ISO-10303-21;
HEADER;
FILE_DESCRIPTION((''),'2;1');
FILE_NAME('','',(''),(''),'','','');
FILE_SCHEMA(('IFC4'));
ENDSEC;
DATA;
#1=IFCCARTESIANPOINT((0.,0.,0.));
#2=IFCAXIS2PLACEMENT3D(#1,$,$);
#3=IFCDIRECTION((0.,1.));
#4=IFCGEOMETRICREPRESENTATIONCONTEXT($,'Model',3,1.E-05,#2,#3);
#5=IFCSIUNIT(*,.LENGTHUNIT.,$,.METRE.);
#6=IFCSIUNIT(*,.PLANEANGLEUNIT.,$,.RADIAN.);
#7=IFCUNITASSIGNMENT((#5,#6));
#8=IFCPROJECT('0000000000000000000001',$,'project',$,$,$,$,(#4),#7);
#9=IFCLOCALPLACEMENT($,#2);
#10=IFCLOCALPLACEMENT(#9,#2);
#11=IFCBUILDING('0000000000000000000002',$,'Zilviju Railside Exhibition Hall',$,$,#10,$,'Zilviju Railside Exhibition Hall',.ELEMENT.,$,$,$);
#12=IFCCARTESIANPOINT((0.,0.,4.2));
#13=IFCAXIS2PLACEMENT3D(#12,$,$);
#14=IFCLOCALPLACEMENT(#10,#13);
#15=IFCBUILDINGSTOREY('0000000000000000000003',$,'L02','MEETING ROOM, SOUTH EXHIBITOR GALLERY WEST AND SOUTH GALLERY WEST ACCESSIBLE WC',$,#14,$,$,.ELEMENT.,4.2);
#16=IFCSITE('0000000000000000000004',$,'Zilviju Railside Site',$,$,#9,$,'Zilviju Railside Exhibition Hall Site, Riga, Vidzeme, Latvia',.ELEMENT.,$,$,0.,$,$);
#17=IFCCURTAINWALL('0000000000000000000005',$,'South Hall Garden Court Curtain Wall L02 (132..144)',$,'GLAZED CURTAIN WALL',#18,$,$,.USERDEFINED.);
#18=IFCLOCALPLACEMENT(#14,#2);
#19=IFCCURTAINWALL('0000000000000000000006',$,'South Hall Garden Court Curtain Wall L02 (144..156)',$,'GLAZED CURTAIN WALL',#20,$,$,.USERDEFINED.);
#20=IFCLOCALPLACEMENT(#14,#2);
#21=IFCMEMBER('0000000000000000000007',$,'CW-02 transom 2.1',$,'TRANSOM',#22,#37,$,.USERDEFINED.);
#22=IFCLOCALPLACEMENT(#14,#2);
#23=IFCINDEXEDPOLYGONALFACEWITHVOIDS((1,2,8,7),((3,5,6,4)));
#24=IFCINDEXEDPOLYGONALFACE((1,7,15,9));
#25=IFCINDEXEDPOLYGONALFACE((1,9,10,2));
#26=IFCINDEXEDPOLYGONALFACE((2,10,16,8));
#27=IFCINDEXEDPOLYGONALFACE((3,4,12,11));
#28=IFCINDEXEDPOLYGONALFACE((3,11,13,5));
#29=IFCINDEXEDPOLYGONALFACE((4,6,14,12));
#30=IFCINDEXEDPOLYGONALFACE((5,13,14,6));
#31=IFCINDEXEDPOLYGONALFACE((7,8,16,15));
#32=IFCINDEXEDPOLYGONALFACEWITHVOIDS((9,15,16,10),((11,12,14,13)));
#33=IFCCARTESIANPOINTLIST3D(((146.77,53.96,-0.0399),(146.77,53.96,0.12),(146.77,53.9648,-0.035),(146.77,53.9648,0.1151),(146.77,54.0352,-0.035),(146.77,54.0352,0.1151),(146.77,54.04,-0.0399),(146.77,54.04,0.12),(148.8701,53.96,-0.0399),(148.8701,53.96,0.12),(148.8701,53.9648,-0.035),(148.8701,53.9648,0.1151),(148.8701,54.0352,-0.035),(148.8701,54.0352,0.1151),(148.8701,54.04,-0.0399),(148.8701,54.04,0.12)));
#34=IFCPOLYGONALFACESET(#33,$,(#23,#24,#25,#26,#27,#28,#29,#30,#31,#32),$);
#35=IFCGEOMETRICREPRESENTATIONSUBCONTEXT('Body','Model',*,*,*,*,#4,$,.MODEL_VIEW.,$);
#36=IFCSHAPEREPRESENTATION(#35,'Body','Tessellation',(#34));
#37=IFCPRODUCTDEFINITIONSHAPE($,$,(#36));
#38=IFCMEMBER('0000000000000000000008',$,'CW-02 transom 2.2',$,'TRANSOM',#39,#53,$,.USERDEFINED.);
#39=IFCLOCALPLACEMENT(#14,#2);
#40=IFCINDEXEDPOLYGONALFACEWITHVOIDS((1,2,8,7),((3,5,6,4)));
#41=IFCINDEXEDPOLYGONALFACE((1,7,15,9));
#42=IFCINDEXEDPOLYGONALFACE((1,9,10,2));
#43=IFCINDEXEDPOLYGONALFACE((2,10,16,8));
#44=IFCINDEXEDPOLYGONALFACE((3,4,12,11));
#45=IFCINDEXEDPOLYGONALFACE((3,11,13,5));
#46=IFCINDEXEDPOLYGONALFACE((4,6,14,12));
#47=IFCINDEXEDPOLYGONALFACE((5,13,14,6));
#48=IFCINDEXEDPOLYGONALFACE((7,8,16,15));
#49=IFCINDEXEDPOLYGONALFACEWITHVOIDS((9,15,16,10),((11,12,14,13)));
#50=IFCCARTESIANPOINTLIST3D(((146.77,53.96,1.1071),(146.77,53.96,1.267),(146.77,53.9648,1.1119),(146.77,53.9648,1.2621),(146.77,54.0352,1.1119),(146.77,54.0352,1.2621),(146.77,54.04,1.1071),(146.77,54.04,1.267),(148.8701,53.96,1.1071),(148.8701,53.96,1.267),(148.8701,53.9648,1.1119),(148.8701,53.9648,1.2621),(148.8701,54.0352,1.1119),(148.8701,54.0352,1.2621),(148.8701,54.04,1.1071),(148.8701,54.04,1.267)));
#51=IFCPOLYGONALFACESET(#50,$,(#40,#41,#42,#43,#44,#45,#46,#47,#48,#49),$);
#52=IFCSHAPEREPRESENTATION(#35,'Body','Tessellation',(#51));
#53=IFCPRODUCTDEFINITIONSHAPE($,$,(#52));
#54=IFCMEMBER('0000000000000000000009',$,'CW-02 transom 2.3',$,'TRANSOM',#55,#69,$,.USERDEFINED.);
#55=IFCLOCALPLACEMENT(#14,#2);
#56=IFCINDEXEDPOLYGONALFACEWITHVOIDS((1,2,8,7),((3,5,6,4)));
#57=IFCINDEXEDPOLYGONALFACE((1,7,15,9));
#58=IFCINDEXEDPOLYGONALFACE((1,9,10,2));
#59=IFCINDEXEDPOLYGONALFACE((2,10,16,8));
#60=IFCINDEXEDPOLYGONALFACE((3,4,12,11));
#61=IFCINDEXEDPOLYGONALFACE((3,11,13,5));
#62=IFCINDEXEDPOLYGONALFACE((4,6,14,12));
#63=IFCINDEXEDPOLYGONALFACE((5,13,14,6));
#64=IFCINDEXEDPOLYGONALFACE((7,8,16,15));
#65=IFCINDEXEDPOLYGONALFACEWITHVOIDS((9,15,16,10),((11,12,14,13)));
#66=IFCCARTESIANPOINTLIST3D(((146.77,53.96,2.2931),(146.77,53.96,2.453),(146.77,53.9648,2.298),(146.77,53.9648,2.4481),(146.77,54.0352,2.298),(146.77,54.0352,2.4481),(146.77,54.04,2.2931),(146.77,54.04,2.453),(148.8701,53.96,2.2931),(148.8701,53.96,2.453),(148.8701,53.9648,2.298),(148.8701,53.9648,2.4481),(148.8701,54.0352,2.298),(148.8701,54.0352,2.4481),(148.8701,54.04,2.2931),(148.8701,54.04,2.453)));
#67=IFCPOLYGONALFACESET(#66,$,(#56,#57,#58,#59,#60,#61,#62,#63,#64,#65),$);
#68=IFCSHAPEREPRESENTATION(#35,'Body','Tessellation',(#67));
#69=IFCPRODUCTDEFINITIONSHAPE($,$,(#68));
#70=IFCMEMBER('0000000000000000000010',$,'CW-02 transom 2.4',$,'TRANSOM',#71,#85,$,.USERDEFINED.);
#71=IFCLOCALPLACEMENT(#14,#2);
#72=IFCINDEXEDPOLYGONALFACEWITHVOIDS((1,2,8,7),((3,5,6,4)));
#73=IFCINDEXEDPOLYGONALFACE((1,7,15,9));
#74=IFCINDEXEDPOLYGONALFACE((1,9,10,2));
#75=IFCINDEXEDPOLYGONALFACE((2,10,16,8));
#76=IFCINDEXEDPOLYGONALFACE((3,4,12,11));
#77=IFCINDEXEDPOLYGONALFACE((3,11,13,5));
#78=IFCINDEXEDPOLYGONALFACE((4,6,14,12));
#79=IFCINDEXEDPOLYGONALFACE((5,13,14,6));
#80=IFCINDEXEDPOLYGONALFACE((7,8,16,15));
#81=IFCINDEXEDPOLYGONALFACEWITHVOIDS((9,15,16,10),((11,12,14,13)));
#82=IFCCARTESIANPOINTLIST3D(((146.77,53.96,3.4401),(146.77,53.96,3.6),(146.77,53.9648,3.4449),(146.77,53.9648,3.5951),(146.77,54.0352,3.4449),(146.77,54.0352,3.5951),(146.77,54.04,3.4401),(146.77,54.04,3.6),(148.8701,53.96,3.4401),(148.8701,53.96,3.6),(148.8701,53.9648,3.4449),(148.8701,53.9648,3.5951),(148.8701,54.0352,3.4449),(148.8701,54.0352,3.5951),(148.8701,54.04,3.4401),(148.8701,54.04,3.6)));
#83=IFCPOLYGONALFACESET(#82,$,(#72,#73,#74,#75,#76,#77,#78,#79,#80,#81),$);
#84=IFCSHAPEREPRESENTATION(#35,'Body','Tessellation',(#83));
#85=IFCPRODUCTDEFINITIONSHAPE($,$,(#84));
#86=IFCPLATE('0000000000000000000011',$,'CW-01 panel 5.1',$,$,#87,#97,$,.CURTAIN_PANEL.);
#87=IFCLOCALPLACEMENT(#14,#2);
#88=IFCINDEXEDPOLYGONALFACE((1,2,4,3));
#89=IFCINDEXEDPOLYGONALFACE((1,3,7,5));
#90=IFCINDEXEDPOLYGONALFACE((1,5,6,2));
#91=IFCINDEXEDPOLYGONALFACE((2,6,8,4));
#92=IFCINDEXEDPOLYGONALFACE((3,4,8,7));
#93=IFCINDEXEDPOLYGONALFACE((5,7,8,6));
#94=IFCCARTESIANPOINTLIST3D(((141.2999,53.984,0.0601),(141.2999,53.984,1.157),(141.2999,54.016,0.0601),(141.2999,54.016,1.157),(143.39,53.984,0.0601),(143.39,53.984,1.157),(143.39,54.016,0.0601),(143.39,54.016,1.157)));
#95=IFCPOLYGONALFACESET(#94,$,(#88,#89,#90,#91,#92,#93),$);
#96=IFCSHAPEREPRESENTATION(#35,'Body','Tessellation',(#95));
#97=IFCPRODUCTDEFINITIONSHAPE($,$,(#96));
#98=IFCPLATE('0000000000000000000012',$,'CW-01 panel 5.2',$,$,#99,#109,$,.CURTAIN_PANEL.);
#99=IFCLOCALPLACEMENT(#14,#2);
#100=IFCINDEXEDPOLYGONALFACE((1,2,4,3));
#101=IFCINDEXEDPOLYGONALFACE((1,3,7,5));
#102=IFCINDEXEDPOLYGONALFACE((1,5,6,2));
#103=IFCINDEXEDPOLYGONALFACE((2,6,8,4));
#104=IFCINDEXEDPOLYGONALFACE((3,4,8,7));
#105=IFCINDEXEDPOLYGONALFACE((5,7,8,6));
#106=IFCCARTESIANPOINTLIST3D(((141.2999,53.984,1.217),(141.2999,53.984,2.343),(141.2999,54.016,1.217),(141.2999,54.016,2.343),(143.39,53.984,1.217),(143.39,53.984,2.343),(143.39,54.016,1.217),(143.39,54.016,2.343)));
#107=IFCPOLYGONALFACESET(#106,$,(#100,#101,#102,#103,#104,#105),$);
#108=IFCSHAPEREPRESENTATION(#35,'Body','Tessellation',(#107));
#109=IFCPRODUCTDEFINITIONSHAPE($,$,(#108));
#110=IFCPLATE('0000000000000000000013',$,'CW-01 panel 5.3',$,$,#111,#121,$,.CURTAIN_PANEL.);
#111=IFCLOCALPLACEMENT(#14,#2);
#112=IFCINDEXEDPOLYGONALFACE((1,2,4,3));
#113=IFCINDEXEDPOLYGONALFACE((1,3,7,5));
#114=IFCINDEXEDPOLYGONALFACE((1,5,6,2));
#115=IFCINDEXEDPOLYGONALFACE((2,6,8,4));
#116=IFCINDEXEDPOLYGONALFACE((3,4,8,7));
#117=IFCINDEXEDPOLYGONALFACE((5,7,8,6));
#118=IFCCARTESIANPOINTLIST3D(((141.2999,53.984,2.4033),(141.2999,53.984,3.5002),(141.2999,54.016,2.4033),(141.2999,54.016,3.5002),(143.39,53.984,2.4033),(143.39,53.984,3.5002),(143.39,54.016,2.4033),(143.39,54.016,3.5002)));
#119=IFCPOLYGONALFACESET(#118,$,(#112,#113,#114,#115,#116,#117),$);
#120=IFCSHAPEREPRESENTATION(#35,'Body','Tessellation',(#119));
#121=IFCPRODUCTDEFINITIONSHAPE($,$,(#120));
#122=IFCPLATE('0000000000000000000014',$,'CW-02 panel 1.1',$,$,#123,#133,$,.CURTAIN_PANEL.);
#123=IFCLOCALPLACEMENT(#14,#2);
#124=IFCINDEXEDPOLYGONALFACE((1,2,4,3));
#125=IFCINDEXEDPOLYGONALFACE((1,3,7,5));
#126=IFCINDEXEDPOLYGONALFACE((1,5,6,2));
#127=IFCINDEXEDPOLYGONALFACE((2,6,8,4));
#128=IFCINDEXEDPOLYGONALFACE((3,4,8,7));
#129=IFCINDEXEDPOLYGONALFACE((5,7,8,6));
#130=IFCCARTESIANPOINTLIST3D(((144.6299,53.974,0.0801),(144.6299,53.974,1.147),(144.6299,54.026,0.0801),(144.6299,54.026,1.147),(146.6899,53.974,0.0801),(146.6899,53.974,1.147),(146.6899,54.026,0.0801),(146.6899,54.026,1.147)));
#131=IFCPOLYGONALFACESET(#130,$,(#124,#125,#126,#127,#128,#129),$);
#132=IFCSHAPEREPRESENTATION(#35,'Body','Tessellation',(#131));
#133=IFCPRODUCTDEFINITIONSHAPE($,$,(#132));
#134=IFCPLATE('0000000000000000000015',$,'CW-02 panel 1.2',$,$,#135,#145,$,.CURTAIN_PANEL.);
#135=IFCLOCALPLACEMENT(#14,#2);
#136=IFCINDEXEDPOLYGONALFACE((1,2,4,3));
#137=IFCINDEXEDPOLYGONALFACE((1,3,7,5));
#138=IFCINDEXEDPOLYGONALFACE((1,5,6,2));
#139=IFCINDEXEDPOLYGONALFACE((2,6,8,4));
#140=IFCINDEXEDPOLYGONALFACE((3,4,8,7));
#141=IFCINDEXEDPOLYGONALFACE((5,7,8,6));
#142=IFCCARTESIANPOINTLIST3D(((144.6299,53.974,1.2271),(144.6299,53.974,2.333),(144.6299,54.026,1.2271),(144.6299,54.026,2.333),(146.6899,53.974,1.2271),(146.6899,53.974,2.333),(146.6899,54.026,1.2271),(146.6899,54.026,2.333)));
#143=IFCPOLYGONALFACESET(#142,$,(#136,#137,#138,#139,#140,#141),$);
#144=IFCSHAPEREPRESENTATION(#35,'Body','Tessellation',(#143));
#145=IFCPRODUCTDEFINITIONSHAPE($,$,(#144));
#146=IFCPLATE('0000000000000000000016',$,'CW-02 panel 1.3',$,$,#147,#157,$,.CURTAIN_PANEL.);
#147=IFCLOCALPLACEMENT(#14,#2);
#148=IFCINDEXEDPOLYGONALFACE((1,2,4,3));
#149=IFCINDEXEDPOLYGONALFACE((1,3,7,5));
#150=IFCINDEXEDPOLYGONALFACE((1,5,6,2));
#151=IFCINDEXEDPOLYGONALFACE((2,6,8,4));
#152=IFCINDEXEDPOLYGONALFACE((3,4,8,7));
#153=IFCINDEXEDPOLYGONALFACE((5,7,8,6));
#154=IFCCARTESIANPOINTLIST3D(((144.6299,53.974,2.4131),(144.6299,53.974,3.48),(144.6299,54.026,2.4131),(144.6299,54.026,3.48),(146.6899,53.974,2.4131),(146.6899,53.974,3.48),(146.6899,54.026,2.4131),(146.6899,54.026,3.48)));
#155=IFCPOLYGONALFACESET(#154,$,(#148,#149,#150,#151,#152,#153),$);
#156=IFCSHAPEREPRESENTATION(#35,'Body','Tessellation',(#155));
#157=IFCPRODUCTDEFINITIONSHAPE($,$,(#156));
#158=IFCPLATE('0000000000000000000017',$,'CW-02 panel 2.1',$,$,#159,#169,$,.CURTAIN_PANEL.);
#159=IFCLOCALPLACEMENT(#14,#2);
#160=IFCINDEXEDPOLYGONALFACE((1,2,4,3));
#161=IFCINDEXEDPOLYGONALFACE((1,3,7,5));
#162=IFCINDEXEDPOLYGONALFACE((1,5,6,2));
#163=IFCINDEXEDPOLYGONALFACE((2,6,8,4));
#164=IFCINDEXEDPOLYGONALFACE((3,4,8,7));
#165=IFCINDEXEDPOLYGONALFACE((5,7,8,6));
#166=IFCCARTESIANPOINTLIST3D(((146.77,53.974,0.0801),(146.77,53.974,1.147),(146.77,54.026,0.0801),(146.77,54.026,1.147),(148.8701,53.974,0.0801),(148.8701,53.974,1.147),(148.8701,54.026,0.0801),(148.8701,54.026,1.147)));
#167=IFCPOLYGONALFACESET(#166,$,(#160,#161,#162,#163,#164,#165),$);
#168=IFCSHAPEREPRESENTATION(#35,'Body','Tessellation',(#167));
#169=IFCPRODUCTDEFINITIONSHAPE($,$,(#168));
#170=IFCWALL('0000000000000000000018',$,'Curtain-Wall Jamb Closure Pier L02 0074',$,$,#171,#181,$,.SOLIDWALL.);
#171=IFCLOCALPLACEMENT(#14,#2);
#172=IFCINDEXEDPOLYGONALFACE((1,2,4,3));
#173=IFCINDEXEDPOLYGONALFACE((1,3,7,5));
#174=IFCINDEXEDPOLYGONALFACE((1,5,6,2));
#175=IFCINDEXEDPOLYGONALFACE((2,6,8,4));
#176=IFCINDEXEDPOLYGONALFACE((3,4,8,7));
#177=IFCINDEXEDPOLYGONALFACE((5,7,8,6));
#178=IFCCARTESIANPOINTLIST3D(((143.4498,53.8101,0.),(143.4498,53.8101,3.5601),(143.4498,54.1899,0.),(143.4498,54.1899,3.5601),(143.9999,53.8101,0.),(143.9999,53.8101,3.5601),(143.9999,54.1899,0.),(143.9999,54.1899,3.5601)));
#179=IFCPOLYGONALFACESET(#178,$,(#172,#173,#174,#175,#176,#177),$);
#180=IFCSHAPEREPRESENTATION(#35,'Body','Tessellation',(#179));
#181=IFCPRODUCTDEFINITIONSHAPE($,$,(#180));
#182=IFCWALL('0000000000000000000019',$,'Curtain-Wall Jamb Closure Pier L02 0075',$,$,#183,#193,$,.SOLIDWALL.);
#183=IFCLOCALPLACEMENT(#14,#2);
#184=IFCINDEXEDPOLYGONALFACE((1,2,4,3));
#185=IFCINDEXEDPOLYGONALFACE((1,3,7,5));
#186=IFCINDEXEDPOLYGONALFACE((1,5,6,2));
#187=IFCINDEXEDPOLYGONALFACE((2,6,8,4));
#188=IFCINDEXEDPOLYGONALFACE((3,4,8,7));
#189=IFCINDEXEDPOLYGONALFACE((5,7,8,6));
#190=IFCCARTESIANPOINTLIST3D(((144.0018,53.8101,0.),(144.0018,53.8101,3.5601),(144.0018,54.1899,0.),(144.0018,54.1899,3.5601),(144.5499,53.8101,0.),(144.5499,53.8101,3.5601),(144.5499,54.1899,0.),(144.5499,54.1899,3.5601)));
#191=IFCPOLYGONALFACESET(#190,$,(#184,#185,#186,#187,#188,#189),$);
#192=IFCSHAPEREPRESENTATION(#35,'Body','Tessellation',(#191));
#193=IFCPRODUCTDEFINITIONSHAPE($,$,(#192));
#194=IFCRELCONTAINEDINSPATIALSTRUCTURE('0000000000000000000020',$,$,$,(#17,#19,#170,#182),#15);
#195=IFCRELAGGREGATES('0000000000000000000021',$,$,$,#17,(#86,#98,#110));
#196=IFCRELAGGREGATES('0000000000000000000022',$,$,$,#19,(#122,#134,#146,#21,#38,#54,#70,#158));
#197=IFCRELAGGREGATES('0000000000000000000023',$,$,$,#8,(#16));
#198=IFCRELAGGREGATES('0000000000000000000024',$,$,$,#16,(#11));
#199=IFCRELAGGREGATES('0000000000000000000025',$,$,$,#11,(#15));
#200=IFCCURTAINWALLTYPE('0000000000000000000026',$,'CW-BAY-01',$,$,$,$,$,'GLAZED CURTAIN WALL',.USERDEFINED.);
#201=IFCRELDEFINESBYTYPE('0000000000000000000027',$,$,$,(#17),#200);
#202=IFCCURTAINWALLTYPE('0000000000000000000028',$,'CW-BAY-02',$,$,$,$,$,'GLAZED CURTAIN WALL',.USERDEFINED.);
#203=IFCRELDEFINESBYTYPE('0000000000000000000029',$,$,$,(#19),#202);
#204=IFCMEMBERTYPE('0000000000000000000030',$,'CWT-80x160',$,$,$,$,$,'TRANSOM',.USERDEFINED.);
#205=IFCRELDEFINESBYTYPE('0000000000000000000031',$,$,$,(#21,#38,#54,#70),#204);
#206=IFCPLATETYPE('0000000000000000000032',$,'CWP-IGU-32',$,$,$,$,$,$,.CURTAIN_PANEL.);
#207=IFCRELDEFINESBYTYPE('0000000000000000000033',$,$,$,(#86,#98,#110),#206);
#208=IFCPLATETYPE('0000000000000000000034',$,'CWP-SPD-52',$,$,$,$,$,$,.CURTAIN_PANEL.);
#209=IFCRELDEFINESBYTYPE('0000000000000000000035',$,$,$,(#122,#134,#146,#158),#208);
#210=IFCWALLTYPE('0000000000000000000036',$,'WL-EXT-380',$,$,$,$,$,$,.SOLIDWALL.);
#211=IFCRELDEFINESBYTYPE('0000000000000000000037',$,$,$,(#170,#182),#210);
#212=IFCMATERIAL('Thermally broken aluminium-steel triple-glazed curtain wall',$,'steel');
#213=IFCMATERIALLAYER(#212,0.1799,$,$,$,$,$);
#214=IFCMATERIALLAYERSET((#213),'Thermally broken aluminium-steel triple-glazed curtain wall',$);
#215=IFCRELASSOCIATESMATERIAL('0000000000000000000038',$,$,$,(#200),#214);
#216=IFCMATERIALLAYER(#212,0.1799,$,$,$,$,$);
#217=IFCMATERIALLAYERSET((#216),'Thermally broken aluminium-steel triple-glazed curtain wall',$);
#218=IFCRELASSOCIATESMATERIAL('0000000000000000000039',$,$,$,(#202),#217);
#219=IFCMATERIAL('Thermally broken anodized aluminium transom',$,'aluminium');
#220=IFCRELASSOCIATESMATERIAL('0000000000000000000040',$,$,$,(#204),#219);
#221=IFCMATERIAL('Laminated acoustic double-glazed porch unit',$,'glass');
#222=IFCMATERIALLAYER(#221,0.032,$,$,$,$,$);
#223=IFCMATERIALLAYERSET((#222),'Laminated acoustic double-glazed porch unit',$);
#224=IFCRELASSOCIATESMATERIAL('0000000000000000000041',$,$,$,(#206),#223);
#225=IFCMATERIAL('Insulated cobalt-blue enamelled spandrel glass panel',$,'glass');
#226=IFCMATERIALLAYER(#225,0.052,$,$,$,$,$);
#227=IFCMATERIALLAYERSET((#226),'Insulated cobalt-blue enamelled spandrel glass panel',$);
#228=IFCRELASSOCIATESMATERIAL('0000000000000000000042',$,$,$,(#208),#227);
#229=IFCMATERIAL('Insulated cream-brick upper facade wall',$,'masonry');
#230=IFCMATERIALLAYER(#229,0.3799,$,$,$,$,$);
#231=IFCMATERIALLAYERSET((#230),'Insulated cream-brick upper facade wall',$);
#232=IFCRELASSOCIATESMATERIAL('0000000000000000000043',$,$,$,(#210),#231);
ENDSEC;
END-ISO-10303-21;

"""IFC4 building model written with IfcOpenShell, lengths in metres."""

from ifc_helpers import new_model, si_unit, direction, frame, frame_2d, origin, origin_2d, place, context, subcontext, project, spatial, rectangle, hollow_rectangle, extrude, material, layer, layer_set, material_profile, profile_set, type_object, element, aggregate, save


model = new_model("IFC4")

# Units and contexts
model_context = context("Model", 3, precision=1e-05, world=origin(), true_north=direction((0.0, 1.0)))
body_context = subcontext(model_context, "Body", "Model", "MODEL_VIEW")
ifc_project = project(units=[si_unit("LENGTHUNIT", "METRE"), si_unit("PLANEANGLEUNIT", "RADIAN")], contexts=[model_context])

# Site, building, storey
site_placement = place(None, origin())
site = spatial("IfcSite", under=ifc_project, at=site_placement, Name="Zilviju Railside Site", LongName="Zilviju Railside Exhibition Hall Site, Riga, Vidzeme, Latvia", CompositionType="ELEMENT", RefElevation=0.0)
building_placement = place(site_placement, origin())
building = spatial("IfcBuilding", under=site, at=building_placement, Name="Zilviju Railside Exhibition Hall", LongName="Zilviju Railside Exhibition Hall", CompositionType="ELEMENT")
storey_placement = place(building_placement, frame((0.0, 0.0, 4.2)))
storey = spatial("IfcBuildingStorey", under=building, at=storey_placement, Name="L02", Description="MEETING ROOM, SOUTH EXHIBITOR GALLERY WEST AND SOUTH GALLERY WEST ACCESSIBLE WC", CompositionType="ELEMENT", Elevation=4.2)

# Curtain wall
ifc_material_1 = material(Name="Thermally broken aluminium-steel triple-glazed curtain wall", Category="steel")
ifc_layer_1 = layer(ifc_material_1, 0.1799)
ifc_layer_set_1 = layer_set([ifc_layer_1], Name="Thermally broken aluminium-steel triple-glazed curtain wall")
curtain_wall_type_1 = type_object("IfcCurtainWallType", Name="CW-BAY-01", ElementType="GLAZED CURTAIN WALL", PredefinedType="USERDEFINED", material=ifc_layer_set_1)
curtain_wall_1_placement = place(storey_placement, origin())
curtain_wall_1 = element("IfcCurtainWall", 1, at=curtain_wall_1_placement, inside=storey, type_object=curtain_wall_type_1, Name="South Hall Garden Court Curtain Wall L02 (132..144)", ObjectType="GLAZED CURTAIN WALL", PredefinedType="USERDEFINED")

# Curtain wall
ifc_layer_2 = layer(ifc_material_1, 0.1799)
ifc_layer_set_2 = layer_set([ifc_layer_2], Name="Thermally broken aluminium-steel triple-glazed curtain wall")
curtain_wall_type_2 = type_object("IfcCurtainWallType", Name="CW-BAY-02", ElementType="GLAZED CURTAIN WALL", PredefinedType="USERDEFINED", material=ifc_layer_set_2)
curtain_wall_2_placement = place(storey_placement, origin())
curtain_wall_2 = element("IfcCurtainWall", 2, at=curtain_wall_2_placement, inside=storey, type_object=curtain_wall_type_2, Name="South Hall Garden Court Curtain Wall L02 (144..156)", ObjectType="GLAZED CURTAIN WALL", PredefinedType="USERDEFINED")

# Members
ifc_material_2 = material(Name="Thermally broken anodized aluminium transom", Category="aluminium")
ifc_material_profile_1 = material_profile(ifc_material_2, hollow_rectangle(XDim=0.0801, YDim=0.1599, WallThickness=0.0049, at=origin_2d()), Name="TRANSOM 160x80x5")
ifc_profile_set_1 = profile_set([ifc_material_profile_1], Name="Thermally broken anodized aluminium transom")
member_type_1 = type_object("IfcMemberType", Name="CWT-80x160", ElementType="TRANSOM", PredefinedType="USERDEFINED", material=ifc_profile_set_1)
member_1_placement = place(storey_placement, frame((146.77, 54.0, 0.04), z_axis=(1.0, 0.0, 0.0), x_axis=(0.0, 1.0, 0.0)))
member_1 = element("IfcMember", 3, at=member_1_placement, type_object=member_type_1, Name="CW-02 transom 2.1", ObjectType="TRANSOM", PredefinedType="USERDEFINED", context=body_context, shape_type="SweptSolid", body=[
    extrude(hollow_rectangle(XDim=0.0801, YDim=0.1599, WallThickness=0.0049, at=origin_2d()), origin(), (0.0, 0.0, 1.0), 2.1001),
])
member_2_placement = place(storey_placement, frame((146.77, 54.0, 1.187), z_axis=(1.0, 0.0, 0.0), x_axis=(0.0, 1.0, 0.0)))
member_2 = element("IfcMember", 4, at=member_2_placement, type_object=member_type_1, Name="CW-02 transom 2.2", ObjectType="TRANSOM", PredefinedType="USERDEFINED", context=body_context, shape_type="SweptSolid", body=[
    extrude(hollow_rectangle(XDim=0.0801, YDim=0.1599, WallThickness=0.0049, at=origin_2d()), origin(), (0.0, 0.0, 1.0), 2.1001),
])
member_3_placement = place(storey_placement, frame((146.77, 54.0, 2.373), z_axis=(1.0, 0.0, 0.0), x_axis=(0.0, 1.0, 0.0)))
member_3 = element("IfcMember", 5, at=member_3_placement, type_object=member_type_1, Name="CW-02 transom 2.3", ObjectType="TRANSOM", PredefinedType="USERDEFINED", context=body_context, shape_type="SweptSolid", body=[
    extrude(hollow_rectangle(XDim=0.0801, YDim=0.1599, WallThickness=0.0049, at=origin_2d()), origin(), (0.0, 0.0, 1.0), 2.1001),
])
member_4_placement = place(storey_placement, frame((146.77, 54.0, 3.52), z_axis=(1.0, 0.0, 0.0), x_axis=(0.0, 1.0, 0.0)))
member_4 = element("IfcMember", 6, at=member_4_placement, type_object=member_type_1, Name="CW-02 transom 2.4", ObjectType="TRANSOM", PredefinedType="USERDEFINED", context=body_context, shape_type="SweptSolid", body=[
    extrude(hollow_rectangle(XDim=0.0801, YDim=0.1599, WallThickness=0.0049, at=origin_2d()), origin(), (0.0, 0.0, 1.0), 2.1001),
])

# Plates
ifc_material_3 = material(Name="Laminated acoustic double-glazed porch unit", Category="glass")
ifc_layer_3 = layer(ifc_material_3, 0.032)
ifc_layer_set_3 = layer_set([ifc_layer_3], Name="Laminated acoustic double-glazed porch unit")
plate_type_1 = type_object("IfcPlateType", Name="CWP-IGU-32", PredefinedType="CURTAIN_PANEL", material=ifc_layer_set_3)
plate_1_placement = place(storey_placement, frame((142.345, 54.0, 0.0601), z_axis=(0.0, 0.0, 1.0), x_axis=(1.0, 0.0, 0.0)))
plate_1 = element("IfcPlate", 7, at=plate_1_placement, type_object=plate_type_1, Name="CW-01 panel 5.1", PredefinedType="CURTAIN_PANEL", context=body_context, shape_type="SweptSolid", body=[
    extrude(rectangle(XDim=2.0901, YDim=0.032, at=origin_2d()), origin(), (0.0, 0.0, 1.0), 1.0969),
])
plate_2_placement = place(storey_placement, frame((142.345, 54.0, 1.217), z_axis=(0.0, 0.0, 1.0), x_axis=(1.0, 0.0, 0.0)))
plate_2 = element("IfcPlate", 8, at=plate_2_placement, type_object=plate_type_1, Name="CW-01 panel 5.2", PredefinedType="CURTAIN_PANEL", context=body_context, shape_type="SweptSolid", body=[
    extrude(rectangle(XDim=2.0901, YDim=0.032, at=origin_2d()), origin(), (0.0, 0.0, 1.0), 1.126),
])
plate_3_placement = place(storey_placement, frame((142.345, 54.0, 2.4033), z_axis=(0.0, 0.0, 1.0), x_axis=(1.0, 0.0, 0.0)))
plate_3 = element("IfcPlate", 9, at=plate_3_placement, type_object=plate_type_1, Name="CW-01 panel 5.3", PredefinedType="CURTAIN_PANEL", context=body_context, shape_type="SweptSolid", body=[
    extrude(rectangle(XDim=2.0901, YDim=0.032, at=origin_2d()), origin(), (0.0, 0.0, 1.0), 1.0969),
])
aggregate(curtain_wall_1, [plate_1, plate_2, plate_3])
ifc_material_4 = material(Name="Insulated cobalt-blue enamelled spandrel glass panel", Category="glass")
ifc_layer_4 = layer(ifc_material_4, 0.052)
ifc_layer_set_4 = layer_set([ifc_layer_4], Name="Insulated cobalt-blue enamelled spandrel glass panel")
plate_type_2 = type_object("IfcPlateType", Name="CWP-SPD-52", PredefinedType="CURTAIN_PANEL", material=ifc_layer_set_4)
plate_4_placement = place(storey_placement, frame((145.6599, 54.0, 0.0801), z_axis=(0.0, 0.0, 1.0), x_axis=(1.0, 0.0, 0.0)))
plate_4 = element("IfcPlate", 10, at=plate_4_placement, type_object=plate_type_2, Name="CW-02 panel 1.1", PredefinedType="CURTAIN_PANEL", context=body_context, shape_type="SweptSolid", body=[
    extrude(rectangle(XDim=2.0601, YDim=0.052, at=origin_2d()), origin(), (0.0, 0.0, 1.0), 1.0669),
])
plate_5_placement = place(storey_placement, frame((145.6599, 54.0, 1.2271), z_axis=(0.0, 0.0, 1.0), x_axis=(1.0, 0.0, 0.0)))
plate_5 = element("IfcPlate", 11, at=plate_5_placement, type_object=plate_type_2, Name="CW-02 panel 1.2", PredefinedType="CURTAIN_PANEL", context=body_context, shape_type="SweptSolid", body=[
    extrude(rectangle(XDim=2.0601, YDim=0.052, at=origin_2d()), origin(), (0.0, 0.0, 1.0), 1.106),
])
plate_6_placement = place(storey_placement, frame((145.6599, 54.0, 2.4131), z_axis=(0.0, 0.0, 1.0), x_axis=(1.0, 0.0, 0.0)))
plate_6 = element("IfcPlate", 12, at=plate_6_placement, type_object=plate_type_2, Name="CW-02 panel 1.3", PredefinedType="CURTAIN_PANEL", context=body_context, shape_type="SweptSolid", body=[
    extrude(rectangle(XDim=2.0601, YDim=0.052, at=origin_2d()), origin(), (0.0, 0.0, 1.0), 1.0669),
])
plate_7_placement = place(storey_placement, frame((147.8201, 54.0, 0.0801), z_axis=(0.0, 0.0, 1.0), x_axis=(1.0, 0.0, 0.0)))
plate_7 = element("IfcPlate", 13, at=plate_7_placement, type_object=plate_type_2, Name="CW-02 panel 2.1", PredefinedType="CURTAIN_PANEL", context=body_context, shape_type="SweptSolid", body=[
    extrude(rectangle(XDim=2.1001, YDim=0.052, at=origin_2d()), origin(), (0.0, 0.0, 1.0), 1.0669),
])
aggregate(curtain_wall_2, [plate_4, plate_5, plate_6, member_1, member_2, member_3, member_4, plate_7])

# Walls
ifc_material_5 = material(Name="Insulated cream-brick upper facade wall", Category="masonry")
ifc_layer_5 = layer(ifc_material_5, 0.3799)
ifc_layer_set_5 = layer_set([ifc_layer_5], Name="Insulated cream-brick upper facade wall")
wall_type = type_object("IfcWallType", Name="WL-EXT-380", PredefinedType="SOLIDWALL", material=ifc_layer_set_5)
wall_1_placement = place(storey_placement, frame((143.45, 54.0, 0.0), z_axis=(0.0, 0.0, 1.0), x_axis=(1.0, 0.0, 0.0)))
element("IfcWall", 14, at=wall_1_placement, inside=storey, type_object=wall_type, Name="Curtain-Wall Jamb Closure Pier L02 0074", PredefinedType="SOLIDWALL", context=body_context, shape_type="SweptSolid", body=[
    extrude(rectangle(XDim=0.55, YDim=0.3799, at=frame_2d((0.2749, 0.0))), origin(), (0.0, 0.0, 1.0), 3.5601),
])
wall_2_placement = place(storey_placement, frame((144.002, 54.0, 0.0), z_axis=(0.0, 0.0, 1.0), x_axis=(1.0, 0.0, 0.0)))
element("IfcWall", 15, at=wall_2_placement, inside=storey, type_object=wall_type, Name="Curtain-Wall Jamb Closure Pier L02 0075", PredefinedType="SOLIDWALL", context=body_context, shape_type="SweptSolid", body=[
    extrude(rectangle(XDim=0.5481, YDim=0.3799, at=frame_2d((0.2739, 0.0))), origin(), (0.0, 0.0, 1.0), 3.5601),
])

save(model, "model.ifc")
